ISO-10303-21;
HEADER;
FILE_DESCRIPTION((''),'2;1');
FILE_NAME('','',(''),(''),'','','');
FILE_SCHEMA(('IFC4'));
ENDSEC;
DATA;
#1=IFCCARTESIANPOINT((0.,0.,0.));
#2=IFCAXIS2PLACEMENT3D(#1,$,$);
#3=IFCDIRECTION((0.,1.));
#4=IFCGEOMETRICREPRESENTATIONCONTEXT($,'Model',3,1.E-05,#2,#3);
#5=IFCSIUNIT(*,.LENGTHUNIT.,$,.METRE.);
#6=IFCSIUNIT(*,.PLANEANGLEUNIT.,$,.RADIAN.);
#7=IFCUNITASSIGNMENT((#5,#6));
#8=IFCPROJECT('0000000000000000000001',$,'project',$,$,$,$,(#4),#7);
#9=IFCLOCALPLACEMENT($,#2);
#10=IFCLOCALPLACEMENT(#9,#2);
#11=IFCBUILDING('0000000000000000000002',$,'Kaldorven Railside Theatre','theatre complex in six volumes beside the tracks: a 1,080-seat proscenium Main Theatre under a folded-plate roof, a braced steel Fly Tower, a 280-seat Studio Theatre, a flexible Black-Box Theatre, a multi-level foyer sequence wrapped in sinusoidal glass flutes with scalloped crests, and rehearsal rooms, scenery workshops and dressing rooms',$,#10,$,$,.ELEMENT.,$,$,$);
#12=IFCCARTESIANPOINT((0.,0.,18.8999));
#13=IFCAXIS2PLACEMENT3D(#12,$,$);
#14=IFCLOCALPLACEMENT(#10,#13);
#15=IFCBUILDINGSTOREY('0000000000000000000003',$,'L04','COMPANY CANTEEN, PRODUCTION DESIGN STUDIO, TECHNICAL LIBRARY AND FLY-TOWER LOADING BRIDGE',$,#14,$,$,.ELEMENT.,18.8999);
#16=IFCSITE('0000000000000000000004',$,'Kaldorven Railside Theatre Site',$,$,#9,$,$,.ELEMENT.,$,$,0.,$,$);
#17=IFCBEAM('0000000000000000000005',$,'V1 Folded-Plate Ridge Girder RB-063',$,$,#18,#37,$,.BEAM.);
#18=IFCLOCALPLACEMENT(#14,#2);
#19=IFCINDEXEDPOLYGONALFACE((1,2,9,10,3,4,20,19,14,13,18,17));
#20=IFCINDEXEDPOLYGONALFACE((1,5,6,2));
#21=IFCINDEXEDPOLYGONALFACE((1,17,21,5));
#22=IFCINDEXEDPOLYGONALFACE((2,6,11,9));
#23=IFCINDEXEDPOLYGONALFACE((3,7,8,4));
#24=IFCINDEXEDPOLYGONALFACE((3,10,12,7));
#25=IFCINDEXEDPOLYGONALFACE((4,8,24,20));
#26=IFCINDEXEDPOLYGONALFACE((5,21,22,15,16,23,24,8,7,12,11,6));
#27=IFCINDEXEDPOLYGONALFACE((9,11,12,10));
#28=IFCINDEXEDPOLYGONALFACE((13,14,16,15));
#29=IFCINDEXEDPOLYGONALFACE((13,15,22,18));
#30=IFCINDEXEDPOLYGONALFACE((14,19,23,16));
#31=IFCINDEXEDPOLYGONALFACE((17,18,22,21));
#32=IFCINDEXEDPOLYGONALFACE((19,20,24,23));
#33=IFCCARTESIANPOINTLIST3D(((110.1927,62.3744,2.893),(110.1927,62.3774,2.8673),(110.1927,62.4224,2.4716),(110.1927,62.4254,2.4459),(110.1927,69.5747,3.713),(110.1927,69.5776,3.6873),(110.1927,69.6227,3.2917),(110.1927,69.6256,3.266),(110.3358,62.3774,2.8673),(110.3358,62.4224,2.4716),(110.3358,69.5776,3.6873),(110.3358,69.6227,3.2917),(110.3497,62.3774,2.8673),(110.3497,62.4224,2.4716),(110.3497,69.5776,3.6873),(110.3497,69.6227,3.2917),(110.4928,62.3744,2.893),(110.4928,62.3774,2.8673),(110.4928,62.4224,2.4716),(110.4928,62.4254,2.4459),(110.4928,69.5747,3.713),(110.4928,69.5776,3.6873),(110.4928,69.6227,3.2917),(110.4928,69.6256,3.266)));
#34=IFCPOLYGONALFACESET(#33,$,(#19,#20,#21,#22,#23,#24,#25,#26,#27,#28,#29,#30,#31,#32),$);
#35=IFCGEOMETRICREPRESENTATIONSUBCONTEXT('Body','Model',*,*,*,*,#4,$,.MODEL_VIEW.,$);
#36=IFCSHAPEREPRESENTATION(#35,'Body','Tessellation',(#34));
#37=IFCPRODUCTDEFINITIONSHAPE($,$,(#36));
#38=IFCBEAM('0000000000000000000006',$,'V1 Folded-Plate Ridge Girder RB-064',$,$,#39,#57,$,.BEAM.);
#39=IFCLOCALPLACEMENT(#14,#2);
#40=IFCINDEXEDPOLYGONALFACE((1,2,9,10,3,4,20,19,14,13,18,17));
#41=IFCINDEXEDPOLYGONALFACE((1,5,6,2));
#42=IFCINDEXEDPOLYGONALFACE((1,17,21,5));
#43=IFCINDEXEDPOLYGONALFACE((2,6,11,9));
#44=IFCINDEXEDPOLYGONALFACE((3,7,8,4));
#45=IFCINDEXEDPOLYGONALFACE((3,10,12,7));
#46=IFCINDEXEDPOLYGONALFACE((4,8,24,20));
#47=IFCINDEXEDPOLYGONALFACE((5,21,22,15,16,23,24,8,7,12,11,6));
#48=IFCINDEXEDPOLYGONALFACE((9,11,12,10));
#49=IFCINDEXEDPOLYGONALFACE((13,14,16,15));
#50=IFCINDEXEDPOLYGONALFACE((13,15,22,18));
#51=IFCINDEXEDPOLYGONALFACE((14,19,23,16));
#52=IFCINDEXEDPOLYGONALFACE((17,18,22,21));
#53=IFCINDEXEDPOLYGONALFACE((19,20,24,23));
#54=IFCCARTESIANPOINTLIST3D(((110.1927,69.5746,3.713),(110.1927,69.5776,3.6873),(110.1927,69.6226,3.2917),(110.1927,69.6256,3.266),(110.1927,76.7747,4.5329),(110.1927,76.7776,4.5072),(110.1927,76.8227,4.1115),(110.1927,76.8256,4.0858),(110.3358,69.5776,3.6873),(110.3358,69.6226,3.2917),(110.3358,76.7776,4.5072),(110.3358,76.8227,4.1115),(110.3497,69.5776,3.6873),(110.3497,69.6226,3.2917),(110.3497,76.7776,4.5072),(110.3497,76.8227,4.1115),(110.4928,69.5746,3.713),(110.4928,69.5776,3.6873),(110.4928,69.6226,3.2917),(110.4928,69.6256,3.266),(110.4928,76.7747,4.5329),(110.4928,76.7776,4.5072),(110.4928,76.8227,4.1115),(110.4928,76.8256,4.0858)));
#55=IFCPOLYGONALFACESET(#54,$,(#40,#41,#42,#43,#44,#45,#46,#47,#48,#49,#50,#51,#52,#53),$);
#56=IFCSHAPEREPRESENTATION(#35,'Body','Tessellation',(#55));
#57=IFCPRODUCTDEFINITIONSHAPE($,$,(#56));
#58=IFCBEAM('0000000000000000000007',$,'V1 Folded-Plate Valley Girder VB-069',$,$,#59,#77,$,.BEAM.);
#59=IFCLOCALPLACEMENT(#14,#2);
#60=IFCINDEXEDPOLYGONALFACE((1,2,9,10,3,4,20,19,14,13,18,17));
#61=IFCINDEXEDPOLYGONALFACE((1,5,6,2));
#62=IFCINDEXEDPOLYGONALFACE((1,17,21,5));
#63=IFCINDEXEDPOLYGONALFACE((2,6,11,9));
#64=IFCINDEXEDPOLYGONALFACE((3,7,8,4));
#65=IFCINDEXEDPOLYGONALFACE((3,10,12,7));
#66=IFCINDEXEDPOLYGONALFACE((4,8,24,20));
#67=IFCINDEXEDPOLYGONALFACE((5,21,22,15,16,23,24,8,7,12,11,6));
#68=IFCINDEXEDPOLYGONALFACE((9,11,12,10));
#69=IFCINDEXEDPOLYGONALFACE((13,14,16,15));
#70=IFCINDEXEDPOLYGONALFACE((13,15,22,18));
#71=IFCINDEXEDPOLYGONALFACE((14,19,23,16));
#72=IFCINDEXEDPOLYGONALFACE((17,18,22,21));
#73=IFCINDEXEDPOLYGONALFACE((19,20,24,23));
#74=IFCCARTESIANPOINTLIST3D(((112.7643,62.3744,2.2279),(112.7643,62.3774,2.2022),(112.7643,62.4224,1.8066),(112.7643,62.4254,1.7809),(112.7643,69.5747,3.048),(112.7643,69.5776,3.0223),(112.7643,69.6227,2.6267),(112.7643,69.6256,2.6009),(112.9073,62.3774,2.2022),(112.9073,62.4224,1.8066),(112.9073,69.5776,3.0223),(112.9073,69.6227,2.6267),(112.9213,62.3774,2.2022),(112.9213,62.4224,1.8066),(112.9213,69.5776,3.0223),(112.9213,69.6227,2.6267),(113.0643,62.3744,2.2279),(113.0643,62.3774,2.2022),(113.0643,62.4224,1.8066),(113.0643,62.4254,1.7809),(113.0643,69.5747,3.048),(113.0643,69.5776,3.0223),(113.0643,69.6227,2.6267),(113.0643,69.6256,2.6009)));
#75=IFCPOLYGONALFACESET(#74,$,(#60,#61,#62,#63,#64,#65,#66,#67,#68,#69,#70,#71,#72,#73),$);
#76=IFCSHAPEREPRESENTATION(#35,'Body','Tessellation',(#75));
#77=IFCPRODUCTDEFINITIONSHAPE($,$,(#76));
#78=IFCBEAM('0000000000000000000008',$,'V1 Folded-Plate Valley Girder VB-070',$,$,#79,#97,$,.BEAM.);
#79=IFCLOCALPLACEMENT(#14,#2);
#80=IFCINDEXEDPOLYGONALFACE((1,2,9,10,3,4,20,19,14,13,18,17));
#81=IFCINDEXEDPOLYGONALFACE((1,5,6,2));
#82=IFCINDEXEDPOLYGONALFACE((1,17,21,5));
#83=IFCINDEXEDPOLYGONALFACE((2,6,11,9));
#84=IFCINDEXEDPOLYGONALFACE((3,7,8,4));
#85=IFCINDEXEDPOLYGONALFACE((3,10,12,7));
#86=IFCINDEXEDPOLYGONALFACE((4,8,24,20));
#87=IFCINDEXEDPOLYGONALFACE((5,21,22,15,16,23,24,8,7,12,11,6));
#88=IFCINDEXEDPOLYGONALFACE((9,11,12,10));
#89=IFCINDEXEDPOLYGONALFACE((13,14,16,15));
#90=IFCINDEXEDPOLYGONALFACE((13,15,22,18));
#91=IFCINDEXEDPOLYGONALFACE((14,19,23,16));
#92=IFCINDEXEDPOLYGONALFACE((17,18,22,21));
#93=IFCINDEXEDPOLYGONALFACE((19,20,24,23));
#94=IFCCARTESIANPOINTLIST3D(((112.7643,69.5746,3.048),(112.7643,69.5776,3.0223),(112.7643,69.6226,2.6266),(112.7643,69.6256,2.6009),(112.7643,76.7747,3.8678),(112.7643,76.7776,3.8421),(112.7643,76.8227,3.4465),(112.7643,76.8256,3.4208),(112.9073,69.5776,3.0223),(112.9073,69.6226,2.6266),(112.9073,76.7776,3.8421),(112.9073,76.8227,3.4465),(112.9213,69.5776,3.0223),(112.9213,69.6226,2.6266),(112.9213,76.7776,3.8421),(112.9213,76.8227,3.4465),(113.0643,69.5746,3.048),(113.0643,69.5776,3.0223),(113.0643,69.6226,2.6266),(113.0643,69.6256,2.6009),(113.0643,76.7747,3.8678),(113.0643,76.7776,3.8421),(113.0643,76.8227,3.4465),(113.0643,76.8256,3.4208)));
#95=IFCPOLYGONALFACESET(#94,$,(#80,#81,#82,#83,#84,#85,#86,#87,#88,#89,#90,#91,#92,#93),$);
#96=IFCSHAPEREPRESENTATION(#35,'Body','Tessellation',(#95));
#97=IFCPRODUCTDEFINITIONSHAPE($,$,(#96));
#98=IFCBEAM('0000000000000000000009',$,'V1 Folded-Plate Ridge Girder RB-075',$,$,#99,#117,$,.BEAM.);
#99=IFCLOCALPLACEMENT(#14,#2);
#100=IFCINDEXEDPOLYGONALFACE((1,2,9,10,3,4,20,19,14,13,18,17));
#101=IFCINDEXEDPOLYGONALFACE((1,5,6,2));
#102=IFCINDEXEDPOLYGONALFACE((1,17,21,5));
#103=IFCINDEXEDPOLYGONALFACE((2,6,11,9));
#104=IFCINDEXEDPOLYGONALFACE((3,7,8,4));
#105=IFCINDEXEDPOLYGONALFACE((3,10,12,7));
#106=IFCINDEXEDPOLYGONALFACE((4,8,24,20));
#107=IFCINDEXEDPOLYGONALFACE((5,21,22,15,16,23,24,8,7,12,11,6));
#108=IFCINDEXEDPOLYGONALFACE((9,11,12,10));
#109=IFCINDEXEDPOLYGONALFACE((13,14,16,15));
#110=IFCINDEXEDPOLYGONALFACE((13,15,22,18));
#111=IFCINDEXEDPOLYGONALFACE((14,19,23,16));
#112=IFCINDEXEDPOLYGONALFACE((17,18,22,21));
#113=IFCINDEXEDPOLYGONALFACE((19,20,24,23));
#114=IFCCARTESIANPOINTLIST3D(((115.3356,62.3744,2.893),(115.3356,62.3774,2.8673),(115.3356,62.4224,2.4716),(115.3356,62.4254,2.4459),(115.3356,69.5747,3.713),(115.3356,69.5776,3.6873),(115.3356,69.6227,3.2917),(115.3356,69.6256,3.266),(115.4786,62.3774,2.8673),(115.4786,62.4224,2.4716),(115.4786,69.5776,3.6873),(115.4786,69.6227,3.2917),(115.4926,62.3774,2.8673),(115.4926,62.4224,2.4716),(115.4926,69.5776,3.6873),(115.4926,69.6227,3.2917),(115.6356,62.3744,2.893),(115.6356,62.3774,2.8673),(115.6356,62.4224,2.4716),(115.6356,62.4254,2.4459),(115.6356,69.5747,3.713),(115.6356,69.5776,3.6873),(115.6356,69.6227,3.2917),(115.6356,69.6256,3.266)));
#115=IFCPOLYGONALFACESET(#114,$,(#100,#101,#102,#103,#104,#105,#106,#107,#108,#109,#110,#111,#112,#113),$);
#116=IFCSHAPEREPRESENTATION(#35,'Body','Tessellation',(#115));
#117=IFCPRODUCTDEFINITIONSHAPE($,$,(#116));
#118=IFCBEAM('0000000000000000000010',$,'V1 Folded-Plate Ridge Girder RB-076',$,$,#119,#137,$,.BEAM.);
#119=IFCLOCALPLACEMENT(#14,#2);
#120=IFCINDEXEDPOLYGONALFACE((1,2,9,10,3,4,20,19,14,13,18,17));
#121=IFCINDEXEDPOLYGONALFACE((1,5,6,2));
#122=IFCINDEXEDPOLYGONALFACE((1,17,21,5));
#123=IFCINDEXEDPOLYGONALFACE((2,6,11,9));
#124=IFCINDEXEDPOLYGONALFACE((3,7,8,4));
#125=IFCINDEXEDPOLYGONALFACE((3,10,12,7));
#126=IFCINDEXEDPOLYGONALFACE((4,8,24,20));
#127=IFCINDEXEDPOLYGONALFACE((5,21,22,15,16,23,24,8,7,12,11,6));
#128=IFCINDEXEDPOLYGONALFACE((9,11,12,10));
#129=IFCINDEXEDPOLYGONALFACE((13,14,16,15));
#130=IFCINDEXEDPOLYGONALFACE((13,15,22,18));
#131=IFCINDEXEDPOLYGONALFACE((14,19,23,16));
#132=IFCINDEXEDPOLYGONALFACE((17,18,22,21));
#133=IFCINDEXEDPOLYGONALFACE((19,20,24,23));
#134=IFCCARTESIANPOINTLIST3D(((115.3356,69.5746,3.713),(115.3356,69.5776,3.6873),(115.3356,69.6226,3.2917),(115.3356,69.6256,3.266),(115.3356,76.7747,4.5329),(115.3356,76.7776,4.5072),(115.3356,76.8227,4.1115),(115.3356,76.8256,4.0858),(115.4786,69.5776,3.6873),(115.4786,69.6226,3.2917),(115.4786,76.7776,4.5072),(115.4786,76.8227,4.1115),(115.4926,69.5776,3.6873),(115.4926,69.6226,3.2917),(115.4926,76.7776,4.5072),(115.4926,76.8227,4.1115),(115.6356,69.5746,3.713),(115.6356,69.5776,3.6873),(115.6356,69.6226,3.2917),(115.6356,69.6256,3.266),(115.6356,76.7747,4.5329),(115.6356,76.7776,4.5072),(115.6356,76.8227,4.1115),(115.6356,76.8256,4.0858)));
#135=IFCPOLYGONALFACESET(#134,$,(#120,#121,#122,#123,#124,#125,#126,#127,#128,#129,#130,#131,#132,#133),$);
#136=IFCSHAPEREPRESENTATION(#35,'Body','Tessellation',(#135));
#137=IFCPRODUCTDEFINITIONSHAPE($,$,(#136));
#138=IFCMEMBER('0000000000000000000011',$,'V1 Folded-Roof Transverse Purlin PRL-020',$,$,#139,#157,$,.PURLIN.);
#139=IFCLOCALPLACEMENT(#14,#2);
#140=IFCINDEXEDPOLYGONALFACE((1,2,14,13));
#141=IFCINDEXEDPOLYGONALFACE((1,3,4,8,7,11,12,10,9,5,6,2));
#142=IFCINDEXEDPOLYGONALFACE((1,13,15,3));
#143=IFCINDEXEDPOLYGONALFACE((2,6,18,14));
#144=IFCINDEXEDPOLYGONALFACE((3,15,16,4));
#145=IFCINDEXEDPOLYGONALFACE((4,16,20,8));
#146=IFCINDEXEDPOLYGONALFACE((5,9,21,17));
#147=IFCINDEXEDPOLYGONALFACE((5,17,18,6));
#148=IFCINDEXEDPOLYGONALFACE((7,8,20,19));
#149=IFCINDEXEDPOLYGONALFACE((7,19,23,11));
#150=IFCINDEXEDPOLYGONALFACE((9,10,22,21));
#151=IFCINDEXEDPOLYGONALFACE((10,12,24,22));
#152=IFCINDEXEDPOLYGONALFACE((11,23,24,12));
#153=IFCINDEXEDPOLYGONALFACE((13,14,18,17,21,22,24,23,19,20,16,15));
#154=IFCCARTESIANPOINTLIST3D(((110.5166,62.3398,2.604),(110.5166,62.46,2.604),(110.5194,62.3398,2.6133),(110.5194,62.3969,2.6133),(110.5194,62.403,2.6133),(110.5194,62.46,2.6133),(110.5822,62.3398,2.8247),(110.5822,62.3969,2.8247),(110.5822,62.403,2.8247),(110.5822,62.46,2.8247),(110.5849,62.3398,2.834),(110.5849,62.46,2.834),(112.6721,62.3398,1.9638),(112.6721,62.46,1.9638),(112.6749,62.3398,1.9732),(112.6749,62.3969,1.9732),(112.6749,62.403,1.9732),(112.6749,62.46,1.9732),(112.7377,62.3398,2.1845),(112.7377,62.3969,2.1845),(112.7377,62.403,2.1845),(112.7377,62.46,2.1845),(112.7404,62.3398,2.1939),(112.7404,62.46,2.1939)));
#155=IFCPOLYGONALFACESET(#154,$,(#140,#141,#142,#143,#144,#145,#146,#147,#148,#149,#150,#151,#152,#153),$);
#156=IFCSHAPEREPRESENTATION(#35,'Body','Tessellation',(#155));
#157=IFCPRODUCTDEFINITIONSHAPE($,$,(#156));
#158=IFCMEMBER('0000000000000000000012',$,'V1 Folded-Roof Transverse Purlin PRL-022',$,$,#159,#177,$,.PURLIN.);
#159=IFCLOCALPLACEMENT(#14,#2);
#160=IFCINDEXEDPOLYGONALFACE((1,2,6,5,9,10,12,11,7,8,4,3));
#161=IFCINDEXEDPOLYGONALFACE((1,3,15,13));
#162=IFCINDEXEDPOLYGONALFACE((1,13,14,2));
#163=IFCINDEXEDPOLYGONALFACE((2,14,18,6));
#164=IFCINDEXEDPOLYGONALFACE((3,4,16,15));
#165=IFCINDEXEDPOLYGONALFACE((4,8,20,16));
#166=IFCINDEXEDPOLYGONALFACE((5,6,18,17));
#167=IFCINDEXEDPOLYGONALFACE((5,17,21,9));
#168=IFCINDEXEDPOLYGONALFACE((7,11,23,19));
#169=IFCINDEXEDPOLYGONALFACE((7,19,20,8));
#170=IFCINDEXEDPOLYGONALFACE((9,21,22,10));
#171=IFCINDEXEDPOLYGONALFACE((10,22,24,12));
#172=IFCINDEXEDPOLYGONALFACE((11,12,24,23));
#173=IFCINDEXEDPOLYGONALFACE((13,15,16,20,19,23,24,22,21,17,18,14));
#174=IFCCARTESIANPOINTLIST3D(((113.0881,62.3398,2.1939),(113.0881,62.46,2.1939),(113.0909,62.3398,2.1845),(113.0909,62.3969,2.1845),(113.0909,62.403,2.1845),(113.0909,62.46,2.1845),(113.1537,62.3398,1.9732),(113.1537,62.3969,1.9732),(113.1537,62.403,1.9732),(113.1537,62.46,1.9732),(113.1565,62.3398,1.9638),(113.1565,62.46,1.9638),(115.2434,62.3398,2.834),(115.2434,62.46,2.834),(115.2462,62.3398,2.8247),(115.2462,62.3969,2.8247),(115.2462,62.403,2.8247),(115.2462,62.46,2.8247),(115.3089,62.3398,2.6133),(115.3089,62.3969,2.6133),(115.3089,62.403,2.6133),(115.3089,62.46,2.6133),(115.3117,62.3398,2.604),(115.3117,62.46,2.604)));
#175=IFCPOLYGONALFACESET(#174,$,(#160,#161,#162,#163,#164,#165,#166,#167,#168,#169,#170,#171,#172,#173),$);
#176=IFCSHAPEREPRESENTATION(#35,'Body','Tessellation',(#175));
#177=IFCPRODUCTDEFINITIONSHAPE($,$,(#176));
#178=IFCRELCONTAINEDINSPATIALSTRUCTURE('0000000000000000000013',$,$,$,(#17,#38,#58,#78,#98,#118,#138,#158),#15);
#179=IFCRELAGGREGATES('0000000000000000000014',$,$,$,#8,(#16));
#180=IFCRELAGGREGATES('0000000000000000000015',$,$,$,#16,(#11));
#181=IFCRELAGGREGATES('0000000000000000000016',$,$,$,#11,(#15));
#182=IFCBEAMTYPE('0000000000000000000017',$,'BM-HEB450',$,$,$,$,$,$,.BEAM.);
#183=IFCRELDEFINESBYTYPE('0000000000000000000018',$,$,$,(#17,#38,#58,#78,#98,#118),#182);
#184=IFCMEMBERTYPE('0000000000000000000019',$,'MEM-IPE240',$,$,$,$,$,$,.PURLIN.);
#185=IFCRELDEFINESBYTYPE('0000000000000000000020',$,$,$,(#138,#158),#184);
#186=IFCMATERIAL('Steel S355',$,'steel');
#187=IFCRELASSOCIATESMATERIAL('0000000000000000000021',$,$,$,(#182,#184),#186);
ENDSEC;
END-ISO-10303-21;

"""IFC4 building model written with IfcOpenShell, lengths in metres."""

from ifc_helpers import new_model, si_unit, direction, frame, origin, origin_2d, place, context, subcontext, project, spatial, i_section, extrude, material, material_profile, profile_set, type_object, element, save


model = new_model("IFC4")

# Units and contexts
model_context = context("Model", 3, precision=1e-05, world=origin(), true_north=direction((0.0, 1.0)))
body_context = subcontext(model_context, "Body", "Model", "MODEL_VIEW")
ifc_project = project(units=[si_unit("LENGTHUNIT", "METRE"), si_unit("PLANEANGLEUNIT", "RADIAN")], contexts=[model_context])

# Site, building, storey
site_placement = place(None, origin())
site = spatial("IfcSite", under=ifc_project, at=site_placement, Name="Kaldorven Railside Theatre Site", CompositionType="ELEMENT", RefElevation=0.0)
building_placement = place(site_placement, origin())
building = spatial("IfcBuilding", under=site, at=building_placement, Name="Kaldorven Railside Theatre", Description="theatre complex in six volumes beside the tracks: a 1,080-seat proscenium Main Theatre under a folded-plate roof, a braced steel Fly Tower, a 280-seat Studio Theatre, a flexible Black-Box Theatre, a multi-level foyer sequence wrapped in sinusoidal glass flutes with scalloped crests, and rehearsal rooms, scenery workshops and dressing rooms", CompositionType="ELEMENT")
storey_placement = place(building_placement, frame((0.0, 0.0, 18.8999)))
storey = spatial("IfcBuildingStorey", under=building, at=storey_placement, Name="L04", Description="COMPANY CANTEEN, PRODUCTION DESIGN STUDIO, TECHNICAL LIBRARY AND FLY-TOWER LOADING BRIDGE", CompositionType="ELEMENT", Elevation=18.8999)

# Beams
ifc_material = material(Name="Steel S355", Category="steel")
ifc_material_profile_1 = material_profile(ifc_material, i_section(OverallWidth=0.3, OverallDepth=0.45, WebThickness=0.0139, FlangeThickness=0.0259, at=origin_2d()), Name="HEB 450")
ifc_profile_set_1 = profile_set([ifc_material_profile_1], Name="Steel S355")
beam_type = type_object("IfcBeamType", Name="BM-HEB450", PredefinedType="BEAM", material=ifc_profile_set_1)
beam_1_placement = place(storey_placement, frame((110.3428, 62.3999, 2.6694), z_axis=(0.0, 0.993576, 0.113164), x_axis=(-1.0, 0.0, 0.0)))
element("IfcBeam", 1, at=beam_1_placement, inside=storey, type_object=beam_type, Name="V1 Folded-Plate Ridge Girder RB-063", PredefinedType="BEAM", context=body_context, shape_type="SweptSolid", body=[
    extrude(i_section(OverallWidth=0.3, OverallDepth=0.45, WebThickness=0.0139, FlangeThickness=0.0259, at=origin_2d()), origin(), (0.0, 0.0, 1.0), 7.2468),
])
beam_2_placement = place(storey_placement, frame((110.3428, 69.6001, 3.4895), z_axis=(0.0, 0.99358, 0.113134), x_axis=(-1.0, 0.0, 0.0)))
element("IfcBeam", 2, at=beam_2_placement, inside=storey, type_object=beam_type, Name="V1 Folded-Plate Ridge Girder RB-064", PredefinedType="BEAM", context=body_context, shape_type="SweptSolid", body=[
    extrude(i_section(OverallWidth=0.3, OverallDepth=0.45, WebThickness=0.0139, FlangeThickness=0.0259, at=origin_2d()), origin(), (0.0, 0.0, 1.0), 7.2466),
])
beam_3_placement = place(storey_placement, frame((112.9143, 62.3999, 2.0044), z_axis=(0.0, 0.993576, 0.113164), x_axis=(-1.0, 0.0, 0.0)))
element("IfcBeam", 3, at=beam_3_placement, inside=storey, type_object=beam_type, Name="V1 Folded-Plate Valley Girder VB-069", PredefinedType="BEAM", context=body_context, shape_type="SweptSolid", body=[
    extrude(i_section(OverallWidth=0.3, OverallDepth=0.45, WebThickness=0.0139, FlangeThickness=0.0259, at=origin_2d()), origin(), (0.0, 0.0, 1.0), 7.2468),
])
beam_4_placement = place(storey_placement, frame((112.9143, 69.6001, 2.8245), z_axis=(0.0, 0.99358, 0.113134), x_axis=(-1.0, 0.0, 0.0)))
element("IfcBeam", 4, at=beam_4_placement, inside=storey, type_object=beam_type, Name="V1 Folded-Plate Valley Girder VB-070", PredefinedType="BEAM", context=body_context, shape_type="SweptSolid", body=[
    extrude(i_section(OverallWidth=0.3, OverallDepth=0.45, WebThickness=0.0139, FlangeThickness=0.0259, at=origin_2d()), origin(), (0.0, 0.0, 1.0), 7.2466),
])
beam_5_placement = place(storey_placement, frame((115.4856, 62.3999, 2.6694), z_axis=(0.0, 0.993576, 0.113164), x_axis=(-1.0, 0.0, 0.0)))
element("IfcBeam", 5, at=beam_5_placement, inside=storey, type_object=beam_type, Name="V1 Folded-Plate Ridge Girder RB-075", PredefinedType="BEAM", context=body_context, shape_type="SweptSolid", body=[
    extrude(i_section(OverallWidth=0.3, OverallDepth=0.45, WebThickness=0.0139, FlangeThickness=0.0259, at=origin_2d()), origin(), (0.0, 0.0, 1.0), 7.2468),
])
beam_6_placement = place(storey_placement, frame((115.4856, 69.6001, 3.4895), z_axis=(0.0, 0.99358, 0.113134), x_axis=(-1.0, 0.0, 0.0)))
element("IfcBeam", 6, at=beam_6_placement, inside=storey, type_object=beam_type, Name="V1 Folded-Plate Ridge Girder RB-076", PredefinedType="BEAM", context=body_context, shape_type="SweptSolid", body=[
    extrude(i_section(OverallWidth=0.3, OverallDepth=0.45, WebThickness=0.0139, FlangeThickness=0.0259, at=origin_2d()), origin(), (0.0, 0.0, 1.0), 7.2466),
])

# Members
ifc_material_profile_2 = material_profile(ifc_material, i_section(OverallWidth=0.1201, OverallDepth=0.24, WebThickness=0.0061, FlangeThickness=0.0098, at=origin_2d()), Name="IPE 240")
ifc_profile_set_2 = profile_set([ifc_material_profile_2], Name="Steel S355")
member_type_1 = type_object("IfcMemberType", Name="MEM-IPE240", PredefinedType="PURLIN", material=ifc_profile_set_2)
member_1_placement = place(storey_placement, frame((110.5508, 62.3999, 2.719), z_axis=(0.95862, 0.0, -0.284687), x_axis=(0.0, 1.0, 0.0)))
element("IfcMember", 7, at=member_1_placement, inside=storey, type_object=member_type_1, Name="V1 Folded-Roof Transverse Purlin PRL-020", PredefinedType="PURLIN", context=body_context, shape_type="SweptSolid", body=[
    extrude(i_section(OverallWidth=0.1201, OverallDepth=0.24, WebThickness=0.0061, FlangeThickness=0.0098, at=origin_2d()), origin(), (0.0, 0.0, 1.0), 2.2485),
])
member_2_placement = place(storey_placement, frame((113.1223, 62.3999, 2.0789), z_axis=(0.958612, 0.0, 0.284717), x_axis=(0.0, 1.0, 0.0)))
element("IfcMember", 8, at=member_2_placement, inside=storey, type_object=member_type_1, Name="V1 Folded-Roof Transverse Purlin PRL-022", PredefinedType="PURLIN", context=body_context, shape_type="SweptSolid", body=[
    extrude(i_section(OverallWidth=0.1201, OverallDepth=0.24, WebThickness=0.0061, FlangeThickness=0.0098, at=origin_2d()), origin(), (0.0, 0.0, 1.0), 2.2483),
])

save(model, "model.ifc")
